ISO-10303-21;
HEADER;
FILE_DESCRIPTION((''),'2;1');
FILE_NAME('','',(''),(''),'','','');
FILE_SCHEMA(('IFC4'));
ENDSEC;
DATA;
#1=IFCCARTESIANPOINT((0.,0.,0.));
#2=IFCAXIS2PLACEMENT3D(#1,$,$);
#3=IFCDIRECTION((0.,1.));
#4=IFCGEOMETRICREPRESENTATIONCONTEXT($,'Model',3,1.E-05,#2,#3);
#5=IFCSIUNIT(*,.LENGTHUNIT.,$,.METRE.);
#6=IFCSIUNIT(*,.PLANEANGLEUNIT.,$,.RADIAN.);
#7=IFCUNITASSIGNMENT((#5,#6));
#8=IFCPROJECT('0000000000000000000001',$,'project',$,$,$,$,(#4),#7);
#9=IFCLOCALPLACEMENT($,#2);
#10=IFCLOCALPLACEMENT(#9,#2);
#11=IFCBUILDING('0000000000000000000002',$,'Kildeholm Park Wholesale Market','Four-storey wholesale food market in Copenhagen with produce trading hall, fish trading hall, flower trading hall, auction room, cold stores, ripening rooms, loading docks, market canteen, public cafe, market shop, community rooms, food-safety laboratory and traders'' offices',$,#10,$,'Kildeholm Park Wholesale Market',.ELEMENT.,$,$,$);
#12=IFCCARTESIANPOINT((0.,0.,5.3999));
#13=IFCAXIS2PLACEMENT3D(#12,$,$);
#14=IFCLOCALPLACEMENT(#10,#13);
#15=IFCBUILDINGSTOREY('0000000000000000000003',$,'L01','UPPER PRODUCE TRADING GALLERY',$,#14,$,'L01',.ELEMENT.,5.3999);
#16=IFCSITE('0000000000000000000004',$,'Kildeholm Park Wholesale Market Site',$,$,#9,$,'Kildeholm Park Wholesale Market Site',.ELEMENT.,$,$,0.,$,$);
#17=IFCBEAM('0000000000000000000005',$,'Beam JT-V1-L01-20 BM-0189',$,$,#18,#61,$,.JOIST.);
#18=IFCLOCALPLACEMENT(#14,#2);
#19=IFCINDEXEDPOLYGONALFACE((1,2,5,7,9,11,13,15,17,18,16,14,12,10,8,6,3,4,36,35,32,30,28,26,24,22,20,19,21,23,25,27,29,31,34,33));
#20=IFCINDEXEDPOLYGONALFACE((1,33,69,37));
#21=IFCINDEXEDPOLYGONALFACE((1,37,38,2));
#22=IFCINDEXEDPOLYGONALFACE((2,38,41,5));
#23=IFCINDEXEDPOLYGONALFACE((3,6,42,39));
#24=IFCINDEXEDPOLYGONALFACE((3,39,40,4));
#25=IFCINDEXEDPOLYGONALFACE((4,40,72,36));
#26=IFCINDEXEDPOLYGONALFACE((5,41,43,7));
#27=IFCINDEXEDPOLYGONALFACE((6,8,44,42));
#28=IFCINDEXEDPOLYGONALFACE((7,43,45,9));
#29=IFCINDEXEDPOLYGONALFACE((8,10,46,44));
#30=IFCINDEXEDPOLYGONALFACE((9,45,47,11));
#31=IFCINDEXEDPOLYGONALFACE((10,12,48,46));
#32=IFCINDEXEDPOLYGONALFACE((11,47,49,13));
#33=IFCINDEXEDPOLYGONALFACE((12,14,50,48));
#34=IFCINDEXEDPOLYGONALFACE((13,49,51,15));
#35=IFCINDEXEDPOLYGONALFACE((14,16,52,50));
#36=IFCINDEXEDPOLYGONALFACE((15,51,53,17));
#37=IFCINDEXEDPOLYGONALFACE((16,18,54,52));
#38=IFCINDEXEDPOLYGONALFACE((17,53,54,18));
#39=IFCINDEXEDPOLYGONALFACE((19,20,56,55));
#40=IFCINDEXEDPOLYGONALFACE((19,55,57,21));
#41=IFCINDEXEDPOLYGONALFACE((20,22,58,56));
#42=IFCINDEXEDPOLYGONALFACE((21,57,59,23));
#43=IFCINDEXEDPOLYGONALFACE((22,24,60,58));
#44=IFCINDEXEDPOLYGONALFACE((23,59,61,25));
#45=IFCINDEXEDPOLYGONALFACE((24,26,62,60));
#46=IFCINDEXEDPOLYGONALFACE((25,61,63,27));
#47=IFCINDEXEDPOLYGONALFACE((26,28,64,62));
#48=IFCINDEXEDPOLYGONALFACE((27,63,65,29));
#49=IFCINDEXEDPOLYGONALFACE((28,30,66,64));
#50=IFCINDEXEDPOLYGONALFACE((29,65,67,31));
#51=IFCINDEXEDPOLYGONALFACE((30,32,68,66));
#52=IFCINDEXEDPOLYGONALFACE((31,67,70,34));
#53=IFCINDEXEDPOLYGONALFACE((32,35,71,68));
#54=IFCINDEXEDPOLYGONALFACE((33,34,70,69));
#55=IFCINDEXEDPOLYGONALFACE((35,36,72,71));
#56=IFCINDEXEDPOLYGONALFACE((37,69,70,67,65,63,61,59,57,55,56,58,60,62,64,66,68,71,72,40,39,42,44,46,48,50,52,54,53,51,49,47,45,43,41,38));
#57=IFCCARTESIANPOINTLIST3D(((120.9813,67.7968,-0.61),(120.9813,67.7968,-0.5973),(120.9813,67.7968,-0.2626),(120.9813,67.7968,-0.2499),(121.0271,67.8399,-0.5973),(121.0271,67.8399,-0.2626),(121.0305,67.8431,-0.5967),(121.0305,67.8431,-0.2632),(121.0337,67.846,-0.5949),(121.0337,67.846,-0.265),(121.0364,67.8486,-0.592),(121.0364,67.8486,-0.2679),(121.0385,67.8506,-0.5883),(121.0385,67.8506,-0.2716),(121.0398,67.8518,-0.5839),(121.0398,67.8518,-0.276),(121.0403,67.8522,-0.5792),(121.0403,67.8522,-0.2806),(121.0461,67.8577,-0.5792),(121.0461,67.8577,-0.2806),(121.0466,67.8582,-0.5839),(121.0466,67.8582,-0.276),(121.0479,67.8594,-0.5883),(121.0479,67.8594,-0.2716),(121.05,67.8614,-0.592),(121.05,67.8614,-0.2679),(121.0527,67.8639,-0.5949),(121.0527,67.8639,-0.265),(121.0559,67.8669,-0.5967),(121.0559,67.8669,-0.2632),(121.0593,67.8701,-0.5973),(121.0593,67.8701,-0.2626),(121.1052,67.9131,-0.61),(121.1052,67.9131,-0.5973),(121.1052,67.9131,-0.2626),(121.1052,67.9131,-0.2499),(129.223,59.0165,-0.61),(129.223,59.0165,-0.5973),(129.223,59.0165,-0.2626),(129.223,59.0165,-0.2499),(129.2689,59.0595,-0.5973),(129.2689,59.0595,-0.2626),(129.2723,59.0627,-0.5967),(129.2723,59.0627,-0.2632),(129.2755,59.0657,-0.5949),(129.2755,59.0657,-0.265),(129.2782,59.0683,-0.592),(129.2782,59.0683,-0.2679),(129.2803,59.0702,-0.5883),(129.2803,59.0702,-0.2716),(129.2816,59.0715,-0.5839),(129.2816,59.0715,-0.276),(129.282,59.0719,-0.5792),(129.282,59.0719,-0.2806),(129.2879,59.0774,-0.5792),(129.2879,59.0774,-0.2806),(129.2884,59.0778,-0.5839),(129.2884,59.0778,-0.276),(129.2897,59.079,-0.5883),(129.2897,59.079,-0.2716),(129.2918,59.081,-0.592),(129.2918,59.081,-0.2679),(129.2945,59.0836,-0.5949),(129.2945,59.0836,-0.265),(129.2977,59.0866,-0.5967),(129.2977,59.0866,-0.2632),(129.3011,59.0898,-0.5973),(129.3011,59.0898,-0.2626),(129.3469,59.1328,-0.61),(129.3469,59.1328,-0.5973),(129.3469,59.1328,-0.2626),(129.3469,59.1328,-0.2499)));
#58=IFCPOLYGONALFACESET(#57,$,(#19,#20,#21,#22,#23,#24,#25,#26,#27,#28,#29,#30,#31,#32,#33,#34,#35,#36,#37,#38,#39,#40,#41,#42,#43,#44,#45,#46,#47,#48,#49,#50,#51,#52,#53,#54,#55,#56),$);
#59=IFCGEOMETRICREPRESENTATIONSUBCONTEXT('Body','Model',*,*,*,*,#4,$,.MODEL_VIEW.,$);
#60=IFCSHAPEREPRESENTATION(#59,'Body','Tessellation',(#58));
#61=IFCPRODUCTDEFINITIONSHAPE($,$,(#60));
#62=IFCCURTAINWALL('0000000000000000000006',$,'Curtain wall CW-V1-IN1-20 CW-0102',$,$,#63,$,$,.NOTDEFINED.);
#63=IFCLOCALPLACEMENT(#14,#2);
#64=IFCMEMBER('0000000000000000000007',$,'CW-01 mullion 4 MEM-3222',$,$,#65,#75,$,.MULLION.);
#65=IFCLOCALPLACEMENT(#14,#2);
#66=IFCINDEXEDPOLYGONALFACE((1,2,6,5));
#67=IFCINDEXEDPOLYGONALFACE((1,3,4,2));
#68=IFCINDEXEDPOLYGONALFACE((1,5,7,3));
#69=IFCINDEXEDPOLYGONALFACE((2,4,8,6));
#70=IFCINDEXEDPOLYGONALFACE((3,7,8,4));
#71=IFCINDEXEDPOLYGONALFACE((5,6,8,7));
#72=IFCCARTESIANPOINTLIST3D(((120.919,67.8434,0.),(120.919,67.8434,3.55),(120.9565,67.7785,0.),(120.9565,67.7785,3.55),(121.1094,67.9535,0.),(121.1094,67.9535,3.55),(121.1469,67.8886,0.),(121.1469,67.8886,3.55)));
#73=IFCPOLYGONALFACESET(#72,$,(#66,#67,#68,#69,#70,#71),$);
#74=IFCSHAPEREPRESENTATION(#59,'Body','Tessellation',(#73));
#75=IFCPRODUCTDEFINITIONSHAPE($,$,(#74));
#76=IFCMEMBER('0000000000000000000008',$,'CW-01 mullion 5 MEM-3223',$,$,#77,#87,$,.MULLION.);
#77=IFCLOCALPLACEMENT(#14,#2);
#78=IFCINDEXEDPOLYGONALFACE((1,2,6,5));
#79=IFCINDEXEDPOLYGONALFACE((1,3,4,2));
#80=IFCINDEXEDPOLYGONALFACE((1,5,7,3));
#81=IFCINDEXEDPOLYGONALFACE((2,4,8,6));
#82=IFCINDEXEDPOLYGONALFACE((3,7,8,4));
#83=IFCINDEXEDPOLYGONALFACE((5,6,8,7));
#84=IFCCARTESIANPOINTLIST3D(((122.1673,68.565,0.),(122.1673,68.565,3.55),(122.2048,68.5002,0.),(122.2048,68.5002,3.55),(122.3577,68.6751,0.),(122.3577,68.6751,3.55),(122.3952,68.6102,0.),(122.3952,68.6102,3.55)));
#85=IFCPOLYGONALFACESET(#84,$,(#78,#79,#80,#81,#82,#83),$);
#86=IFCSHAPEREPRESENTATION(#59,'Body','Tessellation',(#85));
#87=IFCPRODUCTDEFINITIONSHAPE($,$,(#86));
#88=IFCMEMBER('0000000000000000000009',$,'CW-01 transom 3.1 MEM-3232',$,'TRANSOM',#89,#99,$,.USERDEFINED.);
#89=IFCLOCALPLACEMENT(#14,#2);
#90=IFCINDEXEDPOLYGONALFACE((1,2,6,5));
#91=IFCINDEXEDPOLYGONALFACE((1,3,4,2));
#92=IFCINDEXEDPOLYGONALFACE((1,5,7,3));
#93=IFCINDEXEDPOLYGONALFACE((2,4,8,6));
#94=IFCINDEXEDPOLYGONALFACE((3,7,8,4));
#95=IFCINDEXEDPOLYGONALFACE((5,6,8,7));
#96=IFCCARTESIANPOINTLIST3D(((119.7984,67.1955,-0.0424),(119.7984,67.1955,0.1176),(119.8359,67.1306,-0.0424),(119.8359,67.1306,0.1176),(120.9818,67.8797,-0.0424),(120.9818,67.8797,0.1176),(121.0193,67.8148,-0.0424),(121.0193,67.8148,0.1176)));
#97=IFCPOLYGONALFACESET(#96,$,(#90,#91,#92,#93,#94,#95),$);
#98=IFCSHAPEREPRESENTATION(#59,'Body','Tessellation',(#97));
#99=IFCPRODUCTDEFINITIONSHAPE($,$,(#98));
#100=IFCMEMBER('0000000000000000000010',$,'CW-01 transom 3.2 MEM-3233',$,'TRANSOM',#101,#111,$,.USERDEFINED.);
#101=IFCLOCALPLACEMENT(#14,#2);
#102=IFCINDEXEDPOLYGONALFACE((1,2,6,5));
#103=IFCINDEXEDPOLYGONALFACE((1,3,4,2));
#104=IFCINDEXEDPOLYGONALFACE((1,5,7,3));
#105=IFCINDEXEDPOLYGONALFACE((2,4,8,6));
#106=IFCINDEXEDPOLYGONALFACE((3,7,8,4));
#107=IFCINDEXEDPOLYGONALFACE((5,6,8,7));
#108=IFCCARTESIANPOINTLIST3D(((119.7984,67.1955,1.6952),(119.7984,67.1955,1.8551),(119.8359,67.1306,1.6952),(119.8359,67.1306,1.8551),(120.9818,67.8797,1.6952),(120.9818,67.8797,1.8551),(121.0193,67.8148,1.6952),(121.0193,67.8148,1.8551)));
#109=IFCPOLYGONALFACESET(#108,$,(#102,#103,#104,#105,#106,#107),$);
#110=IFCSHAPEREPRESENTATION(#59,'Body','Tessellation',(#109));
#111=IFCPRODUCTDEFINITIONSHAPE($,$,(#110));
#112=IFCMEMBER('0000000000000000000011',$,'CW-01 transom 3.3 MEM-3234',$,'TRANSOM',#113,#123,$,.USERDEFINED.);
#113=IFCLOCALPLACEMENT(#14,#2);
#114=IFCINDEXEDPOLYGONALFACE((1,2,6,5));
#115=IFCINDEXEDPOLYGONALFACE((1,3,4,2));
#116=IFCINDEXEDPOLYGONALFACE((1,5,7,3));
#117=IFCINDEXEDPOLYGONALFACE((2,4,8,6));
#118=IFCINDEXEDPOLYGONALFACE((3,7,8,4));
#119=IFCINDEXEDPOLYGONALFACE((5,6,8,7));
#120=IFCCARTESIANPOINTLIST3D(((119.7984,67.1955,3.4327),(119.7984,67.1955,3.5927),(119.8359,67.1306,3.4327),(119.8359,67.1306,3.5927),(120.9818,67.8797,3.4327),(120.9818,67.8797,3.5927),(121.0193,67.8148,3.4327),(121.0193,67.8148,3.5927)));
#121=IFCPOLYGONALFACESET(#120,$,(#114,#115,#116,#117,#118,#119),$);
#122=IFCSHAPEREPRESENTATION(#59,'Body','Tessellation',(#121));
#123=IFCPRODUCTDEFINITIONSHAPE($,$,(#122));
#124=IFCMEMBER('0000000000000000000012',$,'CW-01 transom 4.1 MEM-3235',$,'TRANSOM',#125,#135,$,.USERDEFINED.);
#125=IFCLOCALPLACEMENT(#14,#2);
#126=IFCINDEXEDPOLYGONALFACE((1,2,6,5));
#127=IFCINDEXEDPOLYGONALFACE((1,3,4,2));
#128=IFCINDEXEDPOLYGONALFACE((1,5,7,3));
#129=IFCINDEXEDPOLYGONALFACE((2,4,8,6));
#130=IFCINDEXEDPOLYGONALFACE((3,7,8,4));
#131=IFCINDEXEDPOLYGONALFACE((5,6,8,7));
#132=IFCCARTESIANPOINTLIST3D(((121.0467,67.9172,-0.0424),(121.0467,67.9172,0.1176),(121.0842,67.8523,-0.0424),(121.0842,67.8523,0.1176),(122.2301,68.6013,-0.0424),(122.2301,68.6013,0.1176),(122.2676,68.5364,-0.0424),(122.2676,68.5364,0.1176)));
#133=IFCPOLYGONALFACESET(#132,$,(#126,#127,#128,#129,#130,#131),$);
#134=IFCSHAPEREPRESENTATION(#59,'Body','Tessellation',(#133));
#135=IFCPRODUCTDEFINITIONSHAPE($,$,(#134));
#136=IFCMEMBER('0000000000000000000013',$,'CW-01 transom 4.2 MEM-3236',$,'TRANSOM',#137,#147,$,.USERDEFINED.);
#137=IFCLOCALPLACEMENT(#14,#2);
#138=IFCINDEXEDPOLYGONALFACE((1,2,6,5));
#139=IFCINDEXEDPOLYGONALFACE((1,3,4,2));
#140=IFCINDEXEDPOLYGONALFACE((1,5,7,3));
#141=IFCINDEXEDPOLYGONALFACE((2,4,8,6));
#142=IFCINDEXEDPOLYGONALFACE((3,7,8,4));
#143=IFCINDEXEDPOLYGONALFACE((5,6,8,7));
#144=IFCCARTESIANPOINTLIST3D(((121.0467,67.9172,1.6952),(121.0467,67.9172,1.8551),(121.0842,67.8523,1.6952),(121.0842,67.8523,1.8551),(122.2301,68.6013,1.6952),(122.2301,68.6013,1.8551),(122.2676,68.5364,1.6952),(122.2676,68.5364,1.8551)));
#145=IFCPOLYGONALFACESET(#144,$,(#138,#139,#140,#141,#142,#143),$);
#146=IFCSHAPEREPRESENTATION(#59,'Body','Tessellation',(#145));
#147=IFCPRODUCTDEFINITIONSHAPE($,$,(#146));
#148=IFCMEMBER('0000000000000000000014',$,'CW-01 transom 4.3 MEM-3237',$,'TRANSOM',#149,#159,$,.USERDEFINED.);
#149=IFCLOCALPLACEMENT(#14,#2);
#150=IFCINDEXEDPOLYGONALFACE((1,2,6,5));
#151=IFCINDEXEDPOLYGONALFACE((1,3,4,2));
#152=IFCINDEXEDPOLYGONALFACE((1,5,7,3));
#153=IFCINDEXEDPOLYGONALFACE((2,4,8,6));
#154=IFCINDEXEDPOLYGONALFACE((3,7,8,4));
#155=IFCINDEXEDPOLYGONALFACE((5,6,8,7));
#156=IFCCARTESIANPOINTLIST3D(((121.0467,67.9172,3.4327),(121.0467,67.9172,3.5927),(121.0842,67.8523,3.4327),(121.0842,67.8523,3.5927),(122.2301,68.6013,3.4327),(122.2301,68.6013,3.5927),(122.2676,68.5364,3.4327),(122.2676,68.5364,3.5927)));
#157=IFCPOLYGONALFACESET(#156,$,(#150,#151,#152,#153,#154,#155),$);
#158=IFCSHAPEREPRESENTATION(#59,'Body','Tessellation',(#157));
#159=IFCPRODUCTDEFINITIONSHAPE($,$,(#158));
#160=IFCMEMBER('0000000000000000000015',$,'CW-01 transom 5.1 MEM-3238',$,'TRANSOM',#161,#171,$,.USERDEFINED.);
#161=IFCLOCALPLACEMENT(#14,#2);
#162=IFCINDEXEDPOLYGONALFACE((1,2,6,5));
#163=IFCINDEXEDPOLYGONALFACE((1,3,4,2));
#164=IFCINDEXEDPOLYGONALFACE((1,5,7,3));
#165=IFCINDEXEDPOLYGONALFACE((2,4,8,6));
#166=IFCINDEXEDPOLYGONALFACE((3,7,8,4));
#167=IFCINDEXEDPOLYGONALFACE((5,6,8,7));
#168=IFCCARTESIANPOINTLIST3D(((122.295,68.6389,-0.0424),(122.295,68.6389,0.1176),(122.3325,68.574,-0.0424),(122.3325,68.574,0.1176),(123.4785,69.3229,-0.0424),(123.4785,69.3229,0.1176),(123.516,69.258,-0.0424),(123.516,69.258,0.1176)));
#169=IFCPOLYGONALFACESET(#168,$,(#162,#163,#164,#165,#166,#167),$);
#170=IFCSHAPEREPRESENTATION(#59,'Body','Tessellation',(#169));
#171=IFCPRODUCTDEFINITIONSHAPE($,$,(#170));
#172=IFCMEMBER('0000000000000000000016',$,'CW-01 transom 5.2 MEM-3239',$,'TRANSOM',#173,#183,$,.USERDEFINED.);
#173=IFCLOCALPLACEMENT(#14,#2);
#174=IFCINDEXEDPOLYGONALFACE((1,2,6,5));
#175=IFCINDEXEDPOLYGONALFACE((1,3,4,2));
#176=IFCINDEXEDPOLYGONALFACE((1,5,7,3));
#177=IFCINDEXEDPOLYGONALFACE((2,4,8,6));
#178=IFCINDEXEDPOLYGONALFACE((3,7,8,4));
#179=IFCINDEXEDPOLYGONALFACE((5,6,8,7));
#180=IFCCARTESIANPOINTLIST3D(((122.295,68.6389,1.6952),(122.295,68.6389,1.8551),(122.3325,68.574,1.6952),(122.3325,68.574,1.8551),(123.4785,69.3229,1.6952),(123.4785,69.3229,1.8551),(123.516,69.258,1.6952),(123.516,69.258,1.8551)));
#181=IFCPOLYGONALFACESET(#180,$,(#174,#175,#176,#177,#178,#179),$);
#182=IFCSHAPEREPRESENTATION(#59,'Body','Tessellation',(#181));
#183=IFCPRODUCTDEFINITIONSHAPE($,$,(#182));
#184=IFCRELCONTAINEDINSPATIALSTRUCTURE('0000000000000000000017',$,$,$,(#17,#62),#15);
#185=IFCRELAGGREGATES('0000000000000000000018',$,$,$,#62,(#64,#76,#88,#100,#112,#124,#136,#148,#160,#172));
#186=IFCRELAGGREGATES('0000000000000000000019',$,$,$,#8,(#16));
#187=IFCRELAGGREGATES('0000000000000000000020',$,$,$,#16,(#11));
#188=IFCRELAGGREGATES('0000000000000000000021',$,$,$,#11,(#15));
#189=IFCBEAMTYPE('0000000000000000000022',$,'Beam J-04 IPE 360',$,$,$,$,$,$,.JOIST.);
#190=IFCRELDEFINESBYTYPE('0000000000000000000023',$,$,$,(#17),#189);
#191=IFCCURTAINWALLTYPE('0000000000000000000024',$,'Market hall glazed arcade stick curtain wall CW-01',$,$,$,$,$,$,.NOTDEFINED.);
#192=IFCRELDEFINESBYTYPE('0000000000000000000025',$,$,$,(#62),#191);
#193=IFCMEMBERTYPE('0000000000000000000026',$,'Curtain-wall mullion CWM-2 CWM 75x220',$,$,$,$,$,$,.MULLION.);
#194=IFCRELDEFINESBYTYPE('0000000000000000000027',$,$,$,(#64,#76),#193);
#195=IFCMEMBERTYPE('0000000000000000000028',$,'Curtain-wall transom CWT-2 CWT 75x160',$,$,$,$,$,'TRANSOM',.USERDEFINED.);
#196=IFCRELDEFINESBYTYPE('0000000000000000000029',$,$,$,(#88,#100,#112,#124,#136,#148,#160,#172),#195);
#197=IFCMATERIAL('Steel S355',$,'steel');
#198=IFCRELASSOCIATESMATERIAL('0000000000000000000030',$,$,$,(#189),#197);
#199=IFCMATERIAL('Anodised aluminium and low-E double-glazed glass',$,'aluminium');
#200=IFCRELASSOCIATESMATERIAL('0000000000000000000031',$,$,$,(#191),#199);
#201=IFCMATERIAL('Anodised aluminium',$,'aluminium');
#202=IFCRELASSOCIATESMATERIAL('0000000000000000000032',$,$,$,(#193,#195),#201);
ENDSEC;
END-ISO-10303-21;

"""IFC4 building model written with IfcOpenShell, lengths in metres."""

from ifc_helpers import new_model, si_unit, direction, frame, origin, origin_2d, place, context, subcontext, project, spatial, rectangle, i_section, extrude, material, material_profile, profile_set, type_object, element, aggregate, save


model = new_model("IFC4")

# Units and contexts
model_context = context("Model", 3, precision=1e-05, world=origin(), true_north=direction((0.0, 1.0)))
body_context = subcontext(model_context, "Body", "Model", "MODEL_VIEW")
ifc_project = project(units=[si_unit("LENGTHUNIT", "METRE"), si_unit("PLANEANGLEUNIT", "RADIAN")], contexts=[model_context])

# Site, building, storey
site_placement = place(None, origin())
site = spatial("IfcSite", under=ifc_project, at=site_placement, Name="Kildeholm Park Wholesale Market Site", LongName="Kildeholm Park Wholesale Market Site", CompositionType="ELEMENT", RefElevation=0.0)
building_placement = place(site_placement, origin())
building = spatial("IfcBuilding", under=site, at=building_placement, Name="Kildeholm Park Wholesale Market", Description="Four-storey wholesale food market in Copenhagen with produce trading hall, fish trading hall, flower trading hall, auction room, cold stores, ripening rooms, loading docks, market canteen, public cafe, market shop, community rooms, food-safety laboratory and traders' offices", LongName="Kildeholm Park Wholesale Market", CompositionType="ELEMENT")
storey_placement = place(building_placement, frame((0.0, 0.0, 5.3999)))
storey = spatial("IfcBuildingStorey", under=building, at=storey_placement, Name="L01", Description="UPPER PRODUCE TRADING GALLERY", LongName="L01", CompositionType="ELEMENT", Elevation=5.3999)

# Beam
ifc_material_1 = material(Name="Steel S355", Category="steel")
ifc_material_profile_1 = material_profile(ifc_material_1, i_section(OverallWidth=0.1699, OverallDepth=0.3601, WebThickness=0.0081, FlangeThickness=0.0127, FilletRadius=0.0181, at=origin_2d()), Name="IPE 360")
ifc_profile_set_1 = profile_set([ifc_material_profile_1], Name="Steel S355")
beam_type = type_object("IfcBeamType", Name="Beam J-04 IPE 360", PredefinedType="JOIST", material=ifc_profile_set_1)
beam_placement = place(storey_placement, frame((121.0432, 67.855, -0.4299), z_axis=(0.684391, -0.729115, 0.0), x_axis=(0.729115, 0.684391, 0.0)))
element("IfcBeam", 1, at=beam_placement, inside=storey, type_object=beam_type, Name="Beam JT-V1-L01-20 BM-0189", PredefinedType="JOIST", context=body_context, shape_type="SweptSolid", body=[
    extrude(i_section(OverallWidth=0.1699, OverallDepth=0.3601, WebThickness=0.0081, FlangeThickness=0.0127, FilletRadius=0.0181, at=origin_2d()), origin(), (0.0, 0.0, 1.0), 12.0425),
])

# Curtain wall, members
ifc_material_2 = material(Name="Anodised aluminium and low-E double-glazed glass", Category="aluminium")
curtain_wall_type = type_object("IfcCurtainWallType", Name="Market hall glazed arcade stick curtain wall CW-01", PredefinedType="NOTDEFINED", material=ifc_material_2)
curtain_wall_placement = place(storey_placement, origin())
curtain_wall = element("IfcCurtainWall", 2, at=curtain_wall_placement, inside=storey, type_object=curtain_wall_type, Name="Curtain wall CW-V1-IN1-20 CW-0102", PredefinedType="NOTDEFINED")
ifc_material_3 = material(Name="Anodised aluminium", Category="aluminium")
ifc_material_profile_2 = material_profile(ifc_material_3, rectangle(XDim=0.075, YDim=0.22, at=origin_2d()), Name="CWM 75x220")
ifc_profile_set_2 = profile_set([ifc_material_profile_2], Name="Anodised aluminium")
member_type_1 = type_object("IfcMemberType", Name="Curtain-wall mullion CWM-2 CWM 75x220", PredefinedType="MULLION", material=ifc_profile_set_2)
member_1_placement = place(storey_placement, frame((121.033, 67.866, 0.0), z_axis=(0.0, 0.0, 1.0), x_axis=(-0.500489, 0.865743, 0.0)))
member_1 = element("IfcMember", 3, at=member_1_placement, type_object=member_type_1, Name="CW-01 mullion 4 MEM-3222", PredefinedType="MULLION", context=body_context, shape_type="SweptSolid", body=[
    extrude(rectangle(XDim=0.075, YDim=0.22, at=origin_2d()), origin(), (0.0, 0.0, 1.0), 3.55),
])
member_2_placement = place(storey_placement, frame((122.2812, 68.5876, 0.0), z_axis=(0.0, 0.0, 1.0), x_axis=(-0.500489, 0.865743, 0.0)))
member_2 = element("IfcMember", 4, at=member_2_placement, type_object=member_type_1, Name="CW-01 mullion 5 MEM-3223", PredefinedType="MULLION", context=body_context, shape_type="SweptSolid", body=[
    extrude(rectangle(XDim=0.075, YDim=0.22, at=origin_2d()), origin(), (0.0, 0.0, 1.0), 3.55),
])
ifc_material_profile_3 = material_profile(ifc_material_3, rectangle(XDim=0.075, YDim=0.1599, at=origin_2d()), Name="CWT 75x160")
ifc_profile_set_3 = profile_set([ifc_material_profile_3], Name="Anodised aluminium")
member_type_2 = type_object("IfcMemberType", Name="Curtain-wall transom CWT-2 CWT 75x160", ElementType="TRANSOM", PredefinedType="USERDEFINED", material=ifc_profile_set_3)
member_3_placement = place(storey_placement, frame((119.8171, 67.1631, 0.0376), z_axis=(0.865748, 0.50048, 0.0), x_axis=(-0.50048, 0.865748, 0.0)))
member_3 = element("IfcMember", 5, at=member_3_placement, type_object=member_type_2, Name="CW-01 transom 3.1 MEM-3232", ObjectType="TRANSOM", PredefinedType="USERDEFINED", context=body_context, shape_type="SweptSolid", body=[
    extrude(rectangle(XDim=0.075, YDim=0.1599, at=origin_2d()), origin(), (0.0, 0.0, 1.0), 1.3669),
])
member_4_placement = place(storey_placement, frame((119.8171, 67.1631, 1.7751), z_axis=(0.865748, 0.50048, 0.0), x_axis=(-0.50048, 0.865748, 0.0)))
member_4 = element("IfcMember", 6, at=member_4_placement, type_object=member_type_2, Name="CW-01 transom 3.2 MEM-3233", ObjectType="TRANSOM", PredefinedType="USERDEFINED", context=body_context, shape_type="SweptSolid", body=[
    extrude(rectangle(XDim=0.075, YDim=0.1599, at=origin_2d()), origin(), (0.0, 0.0, 1.0), 1.3669),
])
member_5_placement = place(storey_placement, frame((119.8171, 67.1631, 3.5127), z_axis=(0.865748, 0.50048, 0.0), x_axis=(-0.50048, 0.865748, 0.0)))
member_5 = element("IfcMember", 7, at=member_5_placement, type_object=member_type_2, Name="CW-01 transom 3.3 MEM-3234", ObjectType="TRANSOM", PredefinedType="USERDEFINED", context=body_context, shape_type="SweptSolid", body=[
    extrude(rectangle(XDim=0.075, YDim=0.1599, at=origin_2d()), origin(), (0.0, 0.0, 1.0), 1.3669),
])
member_6_placement = place(storey_placement, frame((121.0654, 67.8848, 0.0376), z_axis=(0.865748, 0.50048, 0.0), x_axis=(-0.50048, 0.865748, 0.0)))
member_6 = element("IfcMember", 8, at=member_6_placement, type_object=member_type_2, Name="CW-01 transom 4.1 MEM-3235", ObjectType="TRANSOM", PredefinedType="USERDEFINED", context=body_context, shape_type="SweptSolid", body=[
    extrude(rectangle(XDim=0.075, YDim=0.1599, at=origin_2d()), origin(), (0.0, 0.0, 1.0), 1.3669),
])
member_7_placement = place(storey_placement, frame((121.0654, 67.8848, 1.7751), z_axis=(0.865748, 0.50048, 0.0), x_axis=(-0.50048, 0.865748, 0.0)))
member_7 = element("IfcMember", 9, at=member_7_placement, type_object=member_type_2, Name="CW-01 transom 4.2 MEM-3236", ObjectType="TRANSOM", PredefinedType="USERDEFINED", context=body_context, shape_type="SweptSolid", body=[
    extrude(rectangle(XDim=0.075, YDim=0.1599, at=origin_2d()), origin(), (0.0, 0.0, 1.0), 1.3669),
])
member_8_placement = place(storey_placement, frame((121.0654, 67.8848, 3.5127), z_axis=(0.865748, 0.50048, 0.0), x_axis=(-0.50048, 0.865748, 0.0)))
member_8 = element("IfcMember", 10, at=member_8_placement, type_object=member_type_2, Name="CW-01 transom 4.3 MEM-3237", ObjectType="TRANSOM", PredefinedType="USERDEFINED", context=body_context, shape_type="SweptSolid", body=[
    extrude(rectangle(XDim=0.075, YDim=0.1599, at=origin_2d()), origin(), (0.0, 0.0, 1.0), 1.3669),
])
member_9_placement = place(storey_placement, frame((122.3137, 68.6064, 0.0376), z_axis=(0.865793, 0.500403, 0.0), x_axis=(-0.500403, 0.865793, 0.0)))
member_9 = element("IfcMember", 11, at=member_9_placement, type_object=member_type_2, Name="CW-01 transom 5.1 MEM-3238", ObjectType="TRANSOM", PredefinedType="USERDEFINED", context=body_context, shape_type="SweptSolid", body=[
    extrude(rectangle(XDim=0.075, YDim=0.1599, at=origin_2d()), origin(), (0.0, 0.0, 1.0), 1.3669),
])
member_10_placement = place(storey_placement, frame((122.3137, 68.6064, 1.7751), z_axis=(0.865793, 0.500403, 0.0), x_axis=(-0.500403, 0.865793, 0.0)))
member_10 = element("IfcMember", 12, at=member_10_placement, type_object=member_type_2, Name="CW-01 transom 5.2 MEM-3239", ObjectType="TRANSOM", PredefinedType="USERDEFINED", context=body_context, shape_type="SweptSolid", body=[
    extrude(rectangle(XDim=0.075, YDim=0.1599, at=origin_2d()), origin(), (0.0, 0.0, 1.0), 1.3669),
])
aggregate(curtain_wall, [member_1, member_2, member_3, member_4, member_5, member_6, member_7, member_8, member_9, member_10])

save(model, "model.ifc")
